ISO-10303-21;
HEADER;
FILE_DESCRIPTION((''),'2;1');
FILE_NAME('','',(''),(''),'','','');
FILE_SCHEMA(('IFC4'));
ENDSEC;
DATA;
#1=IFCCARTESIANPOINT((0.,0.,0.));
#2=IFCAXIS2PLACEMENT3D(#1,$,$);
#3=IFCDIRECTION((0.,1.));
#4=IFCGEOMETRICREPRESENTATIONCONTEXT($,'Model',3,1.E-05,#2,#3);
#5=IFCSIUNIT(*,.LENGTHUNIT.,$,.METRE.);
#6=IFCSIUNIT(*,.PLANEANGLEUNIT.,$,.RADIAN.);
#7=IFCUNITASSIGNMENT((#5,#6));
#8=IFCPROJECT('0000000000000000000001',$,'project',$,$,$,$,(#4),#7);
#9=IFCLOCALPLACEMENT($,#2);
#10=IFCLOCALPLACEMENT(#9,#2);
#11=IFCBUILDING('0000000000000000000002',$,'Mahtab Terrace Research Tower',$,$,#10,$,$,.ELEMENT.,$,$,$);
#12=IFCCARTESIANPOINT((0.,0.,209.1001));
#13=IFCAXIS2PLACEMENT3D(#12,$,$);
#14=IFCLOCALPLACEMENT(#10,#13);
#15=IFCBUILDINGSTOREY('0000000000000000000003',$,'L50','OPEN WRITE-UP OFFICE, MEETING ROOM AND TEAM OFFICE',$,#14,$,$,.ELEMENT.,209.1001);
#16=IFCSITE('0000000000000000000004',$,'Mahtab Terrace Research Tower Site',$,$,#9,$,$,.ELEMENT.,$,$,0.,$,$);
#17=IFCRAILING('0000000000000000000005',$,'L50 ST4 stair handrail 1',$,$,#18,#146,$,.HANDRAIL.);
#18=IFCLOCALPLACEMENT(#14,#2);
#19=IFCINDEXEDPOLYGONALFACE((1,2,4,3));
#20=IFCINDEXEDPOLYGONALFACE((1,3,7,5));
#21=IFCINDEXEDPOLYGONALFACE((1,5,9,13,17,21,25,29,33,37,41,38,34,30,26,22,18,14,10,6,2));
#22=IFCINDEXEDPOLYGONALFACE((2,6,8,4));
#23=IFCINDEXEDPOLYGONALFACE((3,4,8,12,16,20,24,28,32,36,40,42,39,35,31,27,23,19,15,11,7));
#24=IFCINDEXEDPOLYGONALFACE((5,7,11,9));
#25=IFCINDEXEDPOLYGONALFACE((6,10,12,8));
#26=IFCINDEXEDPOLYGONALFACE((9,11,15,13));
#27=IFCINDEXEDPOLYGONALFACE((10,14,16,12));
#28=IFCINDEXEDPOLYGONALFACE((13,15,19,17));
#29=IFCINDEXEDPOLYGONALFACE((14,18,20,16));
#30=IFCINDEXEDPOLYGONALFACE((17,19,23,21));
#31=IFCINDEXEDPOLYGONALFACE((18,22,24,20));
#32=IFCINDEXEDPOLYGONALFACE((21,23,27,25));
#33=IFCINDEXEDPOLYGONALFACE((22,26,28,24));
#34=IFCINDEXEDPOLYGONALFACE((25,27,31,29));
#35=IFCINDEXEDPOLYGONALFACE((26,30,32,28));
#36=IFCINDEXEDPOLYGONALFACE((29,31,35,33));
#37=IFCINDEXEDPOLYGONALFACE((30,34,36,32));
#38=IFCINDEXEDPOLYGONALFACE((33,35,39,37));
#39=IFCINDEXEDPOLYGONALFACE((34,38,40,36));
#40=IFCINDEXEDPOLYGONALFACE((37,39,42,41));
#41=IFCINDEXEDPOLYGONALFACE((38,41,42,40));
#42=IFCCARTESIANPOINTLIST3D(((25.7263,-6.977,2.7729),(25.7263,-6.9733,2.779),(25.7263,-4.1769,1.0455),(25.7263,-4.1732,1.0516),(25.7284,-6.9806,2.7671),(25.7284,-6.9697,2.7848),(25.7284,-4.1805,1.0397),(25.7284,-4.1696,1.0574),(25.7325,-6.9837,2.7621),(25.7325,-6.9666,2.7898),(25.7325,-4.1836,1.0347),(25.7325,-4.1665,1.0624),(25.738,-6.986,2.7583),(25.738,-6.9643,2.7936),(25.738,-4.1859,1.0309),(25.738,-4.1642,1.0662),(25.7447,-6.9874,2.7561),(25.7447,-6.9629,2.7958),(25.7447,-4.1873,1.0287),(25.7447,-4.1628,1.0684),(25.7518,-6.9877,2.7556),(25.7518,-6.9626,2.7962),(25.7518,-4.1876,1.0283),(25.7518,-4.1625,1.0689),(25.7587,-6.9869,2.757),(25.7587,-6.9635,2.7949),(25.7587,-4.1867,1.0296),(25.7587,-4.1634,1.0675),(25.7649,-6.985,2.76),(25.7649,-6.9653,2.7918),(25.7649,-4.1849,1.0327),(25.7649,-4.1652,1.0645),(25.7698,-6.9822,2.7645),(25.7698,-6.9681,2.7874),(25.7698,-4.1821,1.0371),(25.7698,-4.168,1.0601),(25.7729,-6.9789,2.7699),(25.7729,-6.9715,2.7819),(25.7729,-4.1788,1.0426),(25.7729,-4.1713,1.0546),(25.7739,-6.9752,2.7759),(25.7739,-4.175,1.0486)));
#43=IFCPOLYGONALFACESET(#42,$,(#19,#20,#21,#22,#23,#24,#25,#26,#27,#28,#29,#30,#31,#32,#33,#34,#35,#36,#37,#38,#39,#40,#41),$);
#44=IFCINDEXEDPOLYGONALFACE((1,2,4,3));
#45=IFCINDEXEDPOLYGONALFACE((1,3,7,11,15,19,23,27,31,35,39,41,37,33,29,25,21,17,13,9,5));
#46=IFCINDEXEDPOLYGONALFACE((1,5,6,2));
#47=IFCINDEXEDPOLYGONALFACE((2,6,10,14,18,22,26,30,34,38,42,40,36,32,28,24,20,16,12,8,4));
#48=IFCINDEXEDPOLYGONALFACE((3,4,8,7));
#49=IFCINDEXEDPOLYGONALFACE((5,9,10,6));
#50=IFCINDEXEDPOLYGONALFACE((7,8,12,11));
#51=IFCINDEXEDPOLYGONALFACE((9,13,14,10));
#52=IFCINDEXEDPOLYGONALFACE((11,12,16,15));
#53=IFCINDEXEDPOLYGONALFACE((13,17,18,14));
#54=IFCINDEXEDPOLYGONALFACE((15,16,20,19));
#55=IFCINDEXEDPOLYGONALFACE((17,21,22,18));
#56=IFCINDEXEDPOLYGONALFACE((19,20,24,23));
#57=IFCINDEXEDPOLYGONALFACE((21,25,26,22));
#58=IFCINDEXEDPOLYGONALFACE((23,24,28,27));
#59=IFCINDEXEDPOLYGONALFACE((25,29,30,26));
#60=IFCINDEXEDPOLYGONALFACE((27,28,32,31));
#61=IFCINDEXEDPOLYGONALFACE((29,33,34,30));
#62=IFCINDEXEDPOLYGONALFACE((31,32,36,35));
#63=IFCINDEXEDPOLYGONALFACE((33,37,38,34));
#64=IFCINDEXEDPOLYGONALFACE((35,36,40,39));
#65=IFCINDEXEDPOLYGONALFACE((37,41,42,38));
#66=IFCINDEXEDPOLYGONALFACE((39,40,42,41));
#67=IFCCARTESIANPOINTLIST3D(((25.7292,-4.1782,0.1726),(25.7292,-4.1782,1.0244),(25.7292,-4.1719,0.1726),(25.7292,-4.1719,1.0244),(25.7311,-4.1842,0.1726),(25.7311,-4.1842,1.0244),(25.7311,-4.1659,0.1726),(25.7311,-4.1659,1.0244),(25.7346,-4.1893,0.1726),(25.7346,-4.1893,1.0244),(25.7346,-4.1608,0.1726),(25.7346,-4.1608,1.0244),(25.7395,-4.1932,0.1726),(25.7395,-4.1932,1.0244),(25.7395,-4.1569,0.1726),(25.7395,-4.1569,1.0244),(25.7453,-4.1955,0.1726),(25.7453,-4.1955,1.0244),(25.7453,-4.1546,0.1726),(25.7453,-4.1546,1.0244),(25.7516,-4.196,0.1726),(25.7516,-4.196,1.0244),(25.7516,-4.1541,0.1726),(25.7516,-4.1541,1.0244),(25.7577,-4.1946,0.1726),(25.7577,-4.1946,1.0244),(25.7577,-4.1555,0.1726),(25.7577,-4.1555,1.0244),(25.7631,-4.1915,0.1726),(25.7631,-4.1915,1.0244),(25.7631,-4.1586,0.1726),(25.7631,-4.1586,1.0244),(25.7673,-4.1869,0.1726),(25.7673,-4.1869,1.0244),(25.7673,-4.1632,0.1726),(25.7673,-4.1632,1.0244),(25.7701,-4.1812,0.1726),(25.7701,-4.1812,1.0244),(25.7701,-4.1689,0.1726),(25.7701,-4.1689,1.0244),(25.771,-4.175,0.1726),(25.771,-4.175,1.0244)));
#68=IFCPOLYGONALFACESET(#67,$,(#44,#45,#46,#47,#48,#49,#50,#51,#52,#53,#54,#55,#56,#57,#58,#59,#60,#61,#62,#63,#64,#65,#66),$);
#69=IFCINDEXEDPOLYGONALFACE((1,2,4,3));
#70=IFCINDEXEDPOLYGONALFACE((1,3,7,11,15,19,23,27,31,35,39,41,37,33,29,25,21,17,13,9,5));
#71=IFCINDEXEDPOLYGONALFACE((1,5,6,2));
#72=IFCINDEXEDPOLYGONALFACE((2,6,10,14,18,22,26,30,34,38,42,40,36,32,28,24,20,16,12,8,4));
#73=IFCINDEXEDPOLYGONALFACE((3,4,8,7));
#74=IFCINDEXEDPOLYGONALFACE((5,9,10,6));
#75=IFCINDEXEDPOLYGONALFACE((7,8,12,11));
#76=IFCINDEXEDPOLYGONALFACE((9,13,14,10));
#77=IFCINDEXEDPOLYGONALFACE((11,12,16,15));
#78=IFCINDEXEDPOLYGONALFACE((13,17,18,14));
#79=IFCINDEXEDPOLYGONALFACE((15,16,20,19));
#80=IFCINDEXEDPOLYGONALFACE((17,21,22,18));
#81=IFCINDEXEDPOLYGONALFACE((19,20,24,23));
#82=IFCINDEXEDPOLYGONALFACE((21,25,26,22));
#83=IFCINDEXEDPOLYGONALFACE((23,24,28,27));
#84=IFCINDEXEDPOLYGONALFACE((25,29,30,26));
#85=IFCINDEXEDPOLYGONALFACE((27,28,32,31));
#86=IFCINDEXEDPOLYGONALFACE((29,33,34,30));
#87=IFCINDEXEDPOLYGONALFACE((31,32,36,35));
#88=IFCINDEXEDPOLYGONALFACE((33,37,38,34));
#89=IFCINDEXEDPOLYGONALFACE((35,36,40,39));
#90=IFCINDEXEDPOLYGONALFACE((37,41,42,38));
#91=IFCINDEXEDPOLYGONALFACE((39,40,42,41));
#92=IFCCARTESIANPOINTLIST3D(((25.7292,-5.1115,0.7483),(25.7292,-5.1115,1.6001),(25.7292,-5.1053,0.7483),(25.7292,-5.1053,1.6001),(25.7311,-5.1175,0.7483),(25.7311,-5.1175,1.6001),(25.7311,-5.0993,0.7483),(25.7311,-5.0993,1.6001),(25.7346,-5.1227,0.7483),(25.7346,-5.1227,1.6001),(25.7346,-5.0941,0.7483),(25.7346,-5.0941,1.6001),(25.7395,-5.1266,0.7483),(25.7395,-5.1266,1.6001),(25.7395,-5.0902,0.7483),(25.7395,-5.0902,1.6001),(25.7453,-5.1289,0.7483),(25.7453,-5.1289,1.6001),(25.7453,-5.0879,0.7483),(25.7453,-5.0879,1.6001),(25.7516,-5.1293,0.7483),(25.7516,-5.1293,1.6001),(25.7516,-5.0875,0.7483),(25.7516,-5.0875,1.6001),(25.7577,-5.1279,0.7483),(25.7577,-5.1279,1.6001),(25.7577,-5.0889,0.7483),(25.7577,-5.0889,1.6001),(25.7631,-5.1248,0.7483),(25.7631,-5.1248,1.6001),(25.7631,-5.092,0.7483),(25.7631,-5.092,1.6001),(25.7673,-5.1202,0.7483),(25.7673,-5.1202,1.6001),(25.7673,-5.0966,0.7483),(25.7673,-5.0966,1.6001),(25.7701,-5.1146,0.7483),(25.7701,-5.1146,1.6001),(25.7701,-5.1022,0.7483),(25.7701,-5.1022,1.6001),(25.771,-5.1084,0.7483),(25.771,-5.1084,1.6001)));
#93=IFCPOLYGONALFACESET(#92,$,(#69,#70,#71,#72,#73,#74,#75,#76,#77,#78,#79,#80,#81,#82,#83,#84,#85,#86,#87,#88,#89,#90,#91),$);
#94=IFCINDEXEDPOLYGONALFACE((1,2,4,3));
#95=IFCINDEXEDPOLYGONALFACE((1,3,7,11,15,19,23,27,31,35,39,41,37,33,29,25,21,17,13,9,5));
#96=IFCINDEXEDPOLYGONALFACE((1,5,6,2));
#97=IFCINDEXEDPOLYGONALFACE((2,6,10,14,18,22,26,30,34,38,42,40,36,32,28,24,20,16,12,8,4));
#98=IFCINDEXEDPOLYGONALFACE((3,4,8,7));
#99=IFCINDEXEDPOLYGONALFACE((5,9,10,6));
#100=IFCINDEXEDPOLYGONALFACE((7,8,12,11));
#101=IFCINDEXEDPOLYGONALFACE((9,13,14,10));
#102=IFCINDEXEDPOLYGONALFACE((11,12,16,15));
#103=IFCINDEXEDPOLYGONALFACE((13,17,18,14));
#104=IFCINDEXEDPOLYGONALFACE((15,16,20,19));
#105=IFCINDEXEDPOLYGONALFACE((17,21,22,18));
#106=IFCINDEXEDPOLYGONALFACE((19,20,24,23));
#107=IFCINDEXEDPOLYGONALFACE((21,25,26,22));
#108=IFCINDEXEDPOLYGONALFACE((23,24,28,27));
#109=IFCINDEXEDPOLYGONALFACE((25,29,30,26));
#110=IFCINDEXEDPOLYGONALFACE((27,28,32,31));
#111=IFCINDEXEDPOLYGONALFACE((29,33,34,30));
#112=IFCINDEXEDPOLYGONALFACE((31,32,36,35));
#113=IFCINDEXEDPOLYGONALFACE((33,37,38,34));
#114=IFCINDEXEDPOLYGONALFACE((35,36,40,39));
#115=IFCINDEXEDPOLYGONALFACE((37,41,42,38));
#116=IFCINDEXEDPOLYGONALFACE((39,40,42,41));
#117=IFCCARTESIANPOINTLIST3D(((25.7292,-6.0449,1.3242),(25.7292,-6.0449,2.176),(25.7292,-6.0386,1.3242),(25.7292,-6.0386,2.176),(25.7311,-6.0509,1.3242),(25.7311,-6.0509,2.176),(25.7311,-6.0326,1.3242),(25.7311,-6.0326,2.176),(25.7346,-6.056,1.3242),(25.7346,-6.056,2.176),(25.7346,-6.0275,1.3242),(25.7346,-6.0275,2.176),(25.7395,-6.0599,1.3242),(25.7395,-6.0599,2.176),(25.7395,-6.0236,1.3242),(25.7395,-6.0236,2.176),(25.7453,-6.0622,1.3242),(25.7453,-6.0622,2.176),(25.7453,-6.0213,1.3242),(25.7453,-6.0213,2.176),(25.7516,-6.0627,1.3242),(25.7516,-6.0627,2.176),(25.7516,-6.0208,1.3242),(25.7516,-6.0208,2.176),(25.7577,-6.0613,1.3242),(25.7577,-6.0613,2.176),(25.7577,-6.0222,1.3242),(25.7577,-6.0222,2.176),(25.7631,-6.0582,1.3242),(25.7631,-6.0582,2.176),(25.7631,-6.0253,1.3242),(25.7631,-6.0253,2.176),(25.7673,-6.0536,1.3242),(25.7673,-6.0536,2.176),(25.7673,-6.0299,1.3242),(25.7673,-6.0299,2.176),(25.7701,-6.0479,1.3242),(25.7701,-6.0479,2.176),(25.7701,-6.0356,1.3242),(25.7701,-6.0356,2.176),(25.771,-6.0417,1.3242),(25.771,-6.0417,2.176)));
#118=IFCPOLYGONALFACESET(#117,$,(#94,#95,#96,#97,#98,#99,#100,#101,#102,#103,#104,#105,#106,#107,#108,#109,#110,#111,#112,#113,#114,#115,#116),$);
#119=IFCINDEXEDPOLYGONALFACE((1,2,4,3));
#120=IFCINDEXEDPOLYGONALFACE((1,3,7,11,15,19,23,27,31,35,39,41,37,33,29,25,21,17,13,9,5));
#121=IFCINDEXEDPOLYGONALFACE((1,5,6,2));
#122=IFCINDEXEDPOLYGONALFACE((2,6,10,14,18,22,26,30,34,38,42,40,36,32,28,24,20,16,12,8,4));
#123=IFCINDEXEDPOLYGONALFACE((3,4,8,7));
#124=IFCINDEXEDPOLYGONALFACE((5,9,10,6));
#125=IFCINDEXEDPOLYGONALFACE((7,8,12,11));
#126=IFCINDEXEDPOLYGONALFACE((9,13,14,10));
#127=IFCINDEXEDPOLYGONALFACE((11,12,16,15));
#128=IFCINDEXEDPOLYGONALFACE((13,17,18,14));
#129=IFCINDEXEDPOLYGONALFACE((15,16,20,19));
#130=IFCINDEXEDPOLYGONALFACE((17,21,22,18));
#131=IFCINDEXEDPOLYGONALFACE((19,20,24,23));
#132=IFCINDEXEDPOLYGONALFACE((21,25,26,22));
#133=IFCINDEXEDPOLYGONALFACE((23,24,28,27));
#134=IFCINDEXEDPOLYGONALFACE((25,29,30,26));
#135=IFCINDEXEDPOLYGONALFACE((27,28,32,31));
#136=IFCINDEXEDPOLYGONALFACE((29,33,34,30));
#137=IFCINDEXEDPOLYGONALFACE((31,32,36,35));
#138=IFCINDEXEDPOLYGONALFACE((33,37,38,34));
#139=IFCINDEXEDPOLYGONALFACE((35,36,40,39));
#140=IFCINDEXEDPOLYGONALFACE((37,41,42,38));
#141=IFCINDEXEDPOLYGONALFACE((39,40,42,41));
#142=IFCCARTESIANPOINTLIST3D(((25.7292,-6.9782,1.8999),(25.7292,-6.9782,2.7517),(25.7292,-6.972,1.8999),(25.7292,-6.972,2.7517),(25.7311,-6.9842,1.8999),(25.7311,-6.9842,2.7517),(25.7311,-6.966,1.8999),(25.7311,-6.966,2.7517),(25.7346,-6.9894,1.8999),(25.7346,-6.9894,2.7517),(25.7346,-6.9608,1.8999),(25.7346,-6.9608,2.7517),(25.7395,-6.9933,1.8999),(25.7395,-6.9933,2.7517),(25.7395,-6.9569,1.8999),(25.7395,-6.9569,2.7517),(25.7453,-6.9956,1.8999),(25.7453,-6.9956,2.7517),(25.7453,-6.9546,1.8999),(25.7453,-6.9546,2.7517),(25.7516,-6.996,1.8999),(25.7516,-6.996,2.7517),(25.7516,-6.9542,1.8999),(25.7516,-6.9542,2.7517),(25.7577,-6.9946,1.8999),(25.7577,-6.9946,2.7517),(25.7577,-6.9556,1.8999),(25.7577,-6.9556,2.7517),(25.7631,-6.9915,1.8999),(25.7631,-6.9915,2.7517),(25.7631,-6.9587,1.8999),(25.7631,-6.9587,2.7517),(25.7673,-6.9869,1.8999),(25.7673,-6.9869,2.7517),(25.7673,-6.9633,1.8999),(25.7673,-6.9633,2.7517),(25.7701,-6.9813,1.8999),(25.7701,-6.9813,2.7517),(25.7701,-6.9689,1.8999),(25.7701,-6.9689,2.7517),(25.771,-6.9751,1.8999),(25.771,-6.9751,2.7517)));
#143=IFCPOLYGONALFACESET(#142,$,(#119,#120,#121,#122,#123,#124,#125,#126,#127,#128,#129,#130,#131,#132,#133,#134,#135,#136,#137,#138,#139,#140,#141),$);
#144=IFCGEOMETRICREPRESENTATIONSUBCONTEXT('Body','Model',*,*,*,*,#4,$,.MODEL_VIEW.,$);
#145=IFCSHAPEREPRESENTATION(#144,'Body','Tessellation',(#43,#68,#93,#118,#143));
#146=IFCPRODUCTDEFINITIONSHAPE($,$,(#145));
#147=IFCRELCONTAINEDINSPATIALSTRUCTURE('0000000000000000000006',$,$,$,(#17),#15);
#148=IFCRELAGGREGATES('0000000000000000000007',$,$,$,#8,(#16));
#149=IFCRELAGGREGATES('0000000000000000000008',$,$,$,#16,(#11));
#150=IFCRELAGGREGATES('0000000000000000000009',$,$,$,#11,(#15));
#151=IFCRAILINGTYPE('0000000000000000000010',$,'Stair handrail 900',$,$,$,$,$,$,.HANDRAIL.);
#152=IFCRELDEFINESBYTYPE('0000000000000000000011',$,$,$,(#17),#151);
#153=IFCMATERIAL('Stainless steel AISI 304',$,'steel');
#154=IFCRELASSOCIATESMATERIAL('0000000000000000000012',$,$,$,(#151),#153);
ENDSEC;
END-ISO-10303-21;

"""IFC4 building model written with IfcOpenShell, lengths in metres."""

from ifc_helpers import new_model, si_unit, direction, frame, origin, origin_2d, place, context, subcontext, project, spatial, circle, extrude, material, type_object, element, save


model = new_model("IFC4")

# Units and contexts
model_context = context("Model", 3, precision=1e-05, world=origin(), true_north=direction((0.0, 1.0)))
body_context = subcontext(model_context, "Body", "Model", "MODEL_VIEW")
ifc_project = project(units=[si_unit("LENGTHUNIT", "METRE"), si_unit("PLANEANGLEUNIT", "RADIAN")], contexts=[model_context])

# Site, building, storey
site_placement = place(None, origin())
site = spatial("IfcSite", under=ifc_project, at=site_placement, Name="Mahtab Terrace Research Tower Site", CompositionType="ELEMENT", RefElevation=0.0)
building_placement = place(site_placement, origin())
building = spatial("IfcBuilding", under=site, at=building_placement, Name="Mahtab Terrace Research Tower", CompositionType="ELEMENT")
storey_placement = place(building_placement, frame((0.0, 0.0, 209.1001)))
storey = spatial("IfcBuildingStorey", under=building, at=storey_placement, Name="L50", Description="OPEN WRITE-UP OFFICE, MEETING ROOM AND TEAM OFFICE", CompositionType="ELEMENT", Elevation=209.1001)

# Railing
ifc_material_1 = material(Name="Stainless steel AISI 304", Category="steel")
railing_type_1 = type_object("IfcRailingType", Name="Stair handrail 900", PredefinedType="HANDRAIL", material=ifc_material_1)
railing_1_placement = place(storey_placement, frame((25.75, -4.175, 0.1726)))
element("IfcRailing", 1, at=railing_1_placement, inside=storey, type_object=railing_type_1, Name="L50 ST4 stair handrail 1", PredefinedType="HANDRAIL", context=body_context, shape_type="SweptSolid", body=[
    extrude(circle(Radius=0.0239, at=origin_2d()), frame((0.0, 0.0, 0.876), z_axis=(0.0, -0.85109, 0.52502), x_axis=(1.0, 0.0, 0.0)), (0.0, 0.0, 1.0), 3.29),
    extrude(circle(Radius=0.021, at=origin_2d()), origin(), (0.0, 0.0, 1.0), 0.8518),
    extrude(circle(Radius=0.021, at=origin_2d()), frame((0.0, -0.9333, 0.5757)), (0.0, 0.0, 1.0), 0.8518),
    extrude(circle(Radius=0.021, at=origin_2d()), frame((0.0, -1.8667, 1.1516)), (0.0, 0.0, 1.0), 0.8518),
    extrude(circle(Radius=0.021, at=origin_2d()), frame((0.0, -2.8, 1.7273)), (0.0, 0.0, 1.0), 0.8518),
])

save(model, "model.ifc")
